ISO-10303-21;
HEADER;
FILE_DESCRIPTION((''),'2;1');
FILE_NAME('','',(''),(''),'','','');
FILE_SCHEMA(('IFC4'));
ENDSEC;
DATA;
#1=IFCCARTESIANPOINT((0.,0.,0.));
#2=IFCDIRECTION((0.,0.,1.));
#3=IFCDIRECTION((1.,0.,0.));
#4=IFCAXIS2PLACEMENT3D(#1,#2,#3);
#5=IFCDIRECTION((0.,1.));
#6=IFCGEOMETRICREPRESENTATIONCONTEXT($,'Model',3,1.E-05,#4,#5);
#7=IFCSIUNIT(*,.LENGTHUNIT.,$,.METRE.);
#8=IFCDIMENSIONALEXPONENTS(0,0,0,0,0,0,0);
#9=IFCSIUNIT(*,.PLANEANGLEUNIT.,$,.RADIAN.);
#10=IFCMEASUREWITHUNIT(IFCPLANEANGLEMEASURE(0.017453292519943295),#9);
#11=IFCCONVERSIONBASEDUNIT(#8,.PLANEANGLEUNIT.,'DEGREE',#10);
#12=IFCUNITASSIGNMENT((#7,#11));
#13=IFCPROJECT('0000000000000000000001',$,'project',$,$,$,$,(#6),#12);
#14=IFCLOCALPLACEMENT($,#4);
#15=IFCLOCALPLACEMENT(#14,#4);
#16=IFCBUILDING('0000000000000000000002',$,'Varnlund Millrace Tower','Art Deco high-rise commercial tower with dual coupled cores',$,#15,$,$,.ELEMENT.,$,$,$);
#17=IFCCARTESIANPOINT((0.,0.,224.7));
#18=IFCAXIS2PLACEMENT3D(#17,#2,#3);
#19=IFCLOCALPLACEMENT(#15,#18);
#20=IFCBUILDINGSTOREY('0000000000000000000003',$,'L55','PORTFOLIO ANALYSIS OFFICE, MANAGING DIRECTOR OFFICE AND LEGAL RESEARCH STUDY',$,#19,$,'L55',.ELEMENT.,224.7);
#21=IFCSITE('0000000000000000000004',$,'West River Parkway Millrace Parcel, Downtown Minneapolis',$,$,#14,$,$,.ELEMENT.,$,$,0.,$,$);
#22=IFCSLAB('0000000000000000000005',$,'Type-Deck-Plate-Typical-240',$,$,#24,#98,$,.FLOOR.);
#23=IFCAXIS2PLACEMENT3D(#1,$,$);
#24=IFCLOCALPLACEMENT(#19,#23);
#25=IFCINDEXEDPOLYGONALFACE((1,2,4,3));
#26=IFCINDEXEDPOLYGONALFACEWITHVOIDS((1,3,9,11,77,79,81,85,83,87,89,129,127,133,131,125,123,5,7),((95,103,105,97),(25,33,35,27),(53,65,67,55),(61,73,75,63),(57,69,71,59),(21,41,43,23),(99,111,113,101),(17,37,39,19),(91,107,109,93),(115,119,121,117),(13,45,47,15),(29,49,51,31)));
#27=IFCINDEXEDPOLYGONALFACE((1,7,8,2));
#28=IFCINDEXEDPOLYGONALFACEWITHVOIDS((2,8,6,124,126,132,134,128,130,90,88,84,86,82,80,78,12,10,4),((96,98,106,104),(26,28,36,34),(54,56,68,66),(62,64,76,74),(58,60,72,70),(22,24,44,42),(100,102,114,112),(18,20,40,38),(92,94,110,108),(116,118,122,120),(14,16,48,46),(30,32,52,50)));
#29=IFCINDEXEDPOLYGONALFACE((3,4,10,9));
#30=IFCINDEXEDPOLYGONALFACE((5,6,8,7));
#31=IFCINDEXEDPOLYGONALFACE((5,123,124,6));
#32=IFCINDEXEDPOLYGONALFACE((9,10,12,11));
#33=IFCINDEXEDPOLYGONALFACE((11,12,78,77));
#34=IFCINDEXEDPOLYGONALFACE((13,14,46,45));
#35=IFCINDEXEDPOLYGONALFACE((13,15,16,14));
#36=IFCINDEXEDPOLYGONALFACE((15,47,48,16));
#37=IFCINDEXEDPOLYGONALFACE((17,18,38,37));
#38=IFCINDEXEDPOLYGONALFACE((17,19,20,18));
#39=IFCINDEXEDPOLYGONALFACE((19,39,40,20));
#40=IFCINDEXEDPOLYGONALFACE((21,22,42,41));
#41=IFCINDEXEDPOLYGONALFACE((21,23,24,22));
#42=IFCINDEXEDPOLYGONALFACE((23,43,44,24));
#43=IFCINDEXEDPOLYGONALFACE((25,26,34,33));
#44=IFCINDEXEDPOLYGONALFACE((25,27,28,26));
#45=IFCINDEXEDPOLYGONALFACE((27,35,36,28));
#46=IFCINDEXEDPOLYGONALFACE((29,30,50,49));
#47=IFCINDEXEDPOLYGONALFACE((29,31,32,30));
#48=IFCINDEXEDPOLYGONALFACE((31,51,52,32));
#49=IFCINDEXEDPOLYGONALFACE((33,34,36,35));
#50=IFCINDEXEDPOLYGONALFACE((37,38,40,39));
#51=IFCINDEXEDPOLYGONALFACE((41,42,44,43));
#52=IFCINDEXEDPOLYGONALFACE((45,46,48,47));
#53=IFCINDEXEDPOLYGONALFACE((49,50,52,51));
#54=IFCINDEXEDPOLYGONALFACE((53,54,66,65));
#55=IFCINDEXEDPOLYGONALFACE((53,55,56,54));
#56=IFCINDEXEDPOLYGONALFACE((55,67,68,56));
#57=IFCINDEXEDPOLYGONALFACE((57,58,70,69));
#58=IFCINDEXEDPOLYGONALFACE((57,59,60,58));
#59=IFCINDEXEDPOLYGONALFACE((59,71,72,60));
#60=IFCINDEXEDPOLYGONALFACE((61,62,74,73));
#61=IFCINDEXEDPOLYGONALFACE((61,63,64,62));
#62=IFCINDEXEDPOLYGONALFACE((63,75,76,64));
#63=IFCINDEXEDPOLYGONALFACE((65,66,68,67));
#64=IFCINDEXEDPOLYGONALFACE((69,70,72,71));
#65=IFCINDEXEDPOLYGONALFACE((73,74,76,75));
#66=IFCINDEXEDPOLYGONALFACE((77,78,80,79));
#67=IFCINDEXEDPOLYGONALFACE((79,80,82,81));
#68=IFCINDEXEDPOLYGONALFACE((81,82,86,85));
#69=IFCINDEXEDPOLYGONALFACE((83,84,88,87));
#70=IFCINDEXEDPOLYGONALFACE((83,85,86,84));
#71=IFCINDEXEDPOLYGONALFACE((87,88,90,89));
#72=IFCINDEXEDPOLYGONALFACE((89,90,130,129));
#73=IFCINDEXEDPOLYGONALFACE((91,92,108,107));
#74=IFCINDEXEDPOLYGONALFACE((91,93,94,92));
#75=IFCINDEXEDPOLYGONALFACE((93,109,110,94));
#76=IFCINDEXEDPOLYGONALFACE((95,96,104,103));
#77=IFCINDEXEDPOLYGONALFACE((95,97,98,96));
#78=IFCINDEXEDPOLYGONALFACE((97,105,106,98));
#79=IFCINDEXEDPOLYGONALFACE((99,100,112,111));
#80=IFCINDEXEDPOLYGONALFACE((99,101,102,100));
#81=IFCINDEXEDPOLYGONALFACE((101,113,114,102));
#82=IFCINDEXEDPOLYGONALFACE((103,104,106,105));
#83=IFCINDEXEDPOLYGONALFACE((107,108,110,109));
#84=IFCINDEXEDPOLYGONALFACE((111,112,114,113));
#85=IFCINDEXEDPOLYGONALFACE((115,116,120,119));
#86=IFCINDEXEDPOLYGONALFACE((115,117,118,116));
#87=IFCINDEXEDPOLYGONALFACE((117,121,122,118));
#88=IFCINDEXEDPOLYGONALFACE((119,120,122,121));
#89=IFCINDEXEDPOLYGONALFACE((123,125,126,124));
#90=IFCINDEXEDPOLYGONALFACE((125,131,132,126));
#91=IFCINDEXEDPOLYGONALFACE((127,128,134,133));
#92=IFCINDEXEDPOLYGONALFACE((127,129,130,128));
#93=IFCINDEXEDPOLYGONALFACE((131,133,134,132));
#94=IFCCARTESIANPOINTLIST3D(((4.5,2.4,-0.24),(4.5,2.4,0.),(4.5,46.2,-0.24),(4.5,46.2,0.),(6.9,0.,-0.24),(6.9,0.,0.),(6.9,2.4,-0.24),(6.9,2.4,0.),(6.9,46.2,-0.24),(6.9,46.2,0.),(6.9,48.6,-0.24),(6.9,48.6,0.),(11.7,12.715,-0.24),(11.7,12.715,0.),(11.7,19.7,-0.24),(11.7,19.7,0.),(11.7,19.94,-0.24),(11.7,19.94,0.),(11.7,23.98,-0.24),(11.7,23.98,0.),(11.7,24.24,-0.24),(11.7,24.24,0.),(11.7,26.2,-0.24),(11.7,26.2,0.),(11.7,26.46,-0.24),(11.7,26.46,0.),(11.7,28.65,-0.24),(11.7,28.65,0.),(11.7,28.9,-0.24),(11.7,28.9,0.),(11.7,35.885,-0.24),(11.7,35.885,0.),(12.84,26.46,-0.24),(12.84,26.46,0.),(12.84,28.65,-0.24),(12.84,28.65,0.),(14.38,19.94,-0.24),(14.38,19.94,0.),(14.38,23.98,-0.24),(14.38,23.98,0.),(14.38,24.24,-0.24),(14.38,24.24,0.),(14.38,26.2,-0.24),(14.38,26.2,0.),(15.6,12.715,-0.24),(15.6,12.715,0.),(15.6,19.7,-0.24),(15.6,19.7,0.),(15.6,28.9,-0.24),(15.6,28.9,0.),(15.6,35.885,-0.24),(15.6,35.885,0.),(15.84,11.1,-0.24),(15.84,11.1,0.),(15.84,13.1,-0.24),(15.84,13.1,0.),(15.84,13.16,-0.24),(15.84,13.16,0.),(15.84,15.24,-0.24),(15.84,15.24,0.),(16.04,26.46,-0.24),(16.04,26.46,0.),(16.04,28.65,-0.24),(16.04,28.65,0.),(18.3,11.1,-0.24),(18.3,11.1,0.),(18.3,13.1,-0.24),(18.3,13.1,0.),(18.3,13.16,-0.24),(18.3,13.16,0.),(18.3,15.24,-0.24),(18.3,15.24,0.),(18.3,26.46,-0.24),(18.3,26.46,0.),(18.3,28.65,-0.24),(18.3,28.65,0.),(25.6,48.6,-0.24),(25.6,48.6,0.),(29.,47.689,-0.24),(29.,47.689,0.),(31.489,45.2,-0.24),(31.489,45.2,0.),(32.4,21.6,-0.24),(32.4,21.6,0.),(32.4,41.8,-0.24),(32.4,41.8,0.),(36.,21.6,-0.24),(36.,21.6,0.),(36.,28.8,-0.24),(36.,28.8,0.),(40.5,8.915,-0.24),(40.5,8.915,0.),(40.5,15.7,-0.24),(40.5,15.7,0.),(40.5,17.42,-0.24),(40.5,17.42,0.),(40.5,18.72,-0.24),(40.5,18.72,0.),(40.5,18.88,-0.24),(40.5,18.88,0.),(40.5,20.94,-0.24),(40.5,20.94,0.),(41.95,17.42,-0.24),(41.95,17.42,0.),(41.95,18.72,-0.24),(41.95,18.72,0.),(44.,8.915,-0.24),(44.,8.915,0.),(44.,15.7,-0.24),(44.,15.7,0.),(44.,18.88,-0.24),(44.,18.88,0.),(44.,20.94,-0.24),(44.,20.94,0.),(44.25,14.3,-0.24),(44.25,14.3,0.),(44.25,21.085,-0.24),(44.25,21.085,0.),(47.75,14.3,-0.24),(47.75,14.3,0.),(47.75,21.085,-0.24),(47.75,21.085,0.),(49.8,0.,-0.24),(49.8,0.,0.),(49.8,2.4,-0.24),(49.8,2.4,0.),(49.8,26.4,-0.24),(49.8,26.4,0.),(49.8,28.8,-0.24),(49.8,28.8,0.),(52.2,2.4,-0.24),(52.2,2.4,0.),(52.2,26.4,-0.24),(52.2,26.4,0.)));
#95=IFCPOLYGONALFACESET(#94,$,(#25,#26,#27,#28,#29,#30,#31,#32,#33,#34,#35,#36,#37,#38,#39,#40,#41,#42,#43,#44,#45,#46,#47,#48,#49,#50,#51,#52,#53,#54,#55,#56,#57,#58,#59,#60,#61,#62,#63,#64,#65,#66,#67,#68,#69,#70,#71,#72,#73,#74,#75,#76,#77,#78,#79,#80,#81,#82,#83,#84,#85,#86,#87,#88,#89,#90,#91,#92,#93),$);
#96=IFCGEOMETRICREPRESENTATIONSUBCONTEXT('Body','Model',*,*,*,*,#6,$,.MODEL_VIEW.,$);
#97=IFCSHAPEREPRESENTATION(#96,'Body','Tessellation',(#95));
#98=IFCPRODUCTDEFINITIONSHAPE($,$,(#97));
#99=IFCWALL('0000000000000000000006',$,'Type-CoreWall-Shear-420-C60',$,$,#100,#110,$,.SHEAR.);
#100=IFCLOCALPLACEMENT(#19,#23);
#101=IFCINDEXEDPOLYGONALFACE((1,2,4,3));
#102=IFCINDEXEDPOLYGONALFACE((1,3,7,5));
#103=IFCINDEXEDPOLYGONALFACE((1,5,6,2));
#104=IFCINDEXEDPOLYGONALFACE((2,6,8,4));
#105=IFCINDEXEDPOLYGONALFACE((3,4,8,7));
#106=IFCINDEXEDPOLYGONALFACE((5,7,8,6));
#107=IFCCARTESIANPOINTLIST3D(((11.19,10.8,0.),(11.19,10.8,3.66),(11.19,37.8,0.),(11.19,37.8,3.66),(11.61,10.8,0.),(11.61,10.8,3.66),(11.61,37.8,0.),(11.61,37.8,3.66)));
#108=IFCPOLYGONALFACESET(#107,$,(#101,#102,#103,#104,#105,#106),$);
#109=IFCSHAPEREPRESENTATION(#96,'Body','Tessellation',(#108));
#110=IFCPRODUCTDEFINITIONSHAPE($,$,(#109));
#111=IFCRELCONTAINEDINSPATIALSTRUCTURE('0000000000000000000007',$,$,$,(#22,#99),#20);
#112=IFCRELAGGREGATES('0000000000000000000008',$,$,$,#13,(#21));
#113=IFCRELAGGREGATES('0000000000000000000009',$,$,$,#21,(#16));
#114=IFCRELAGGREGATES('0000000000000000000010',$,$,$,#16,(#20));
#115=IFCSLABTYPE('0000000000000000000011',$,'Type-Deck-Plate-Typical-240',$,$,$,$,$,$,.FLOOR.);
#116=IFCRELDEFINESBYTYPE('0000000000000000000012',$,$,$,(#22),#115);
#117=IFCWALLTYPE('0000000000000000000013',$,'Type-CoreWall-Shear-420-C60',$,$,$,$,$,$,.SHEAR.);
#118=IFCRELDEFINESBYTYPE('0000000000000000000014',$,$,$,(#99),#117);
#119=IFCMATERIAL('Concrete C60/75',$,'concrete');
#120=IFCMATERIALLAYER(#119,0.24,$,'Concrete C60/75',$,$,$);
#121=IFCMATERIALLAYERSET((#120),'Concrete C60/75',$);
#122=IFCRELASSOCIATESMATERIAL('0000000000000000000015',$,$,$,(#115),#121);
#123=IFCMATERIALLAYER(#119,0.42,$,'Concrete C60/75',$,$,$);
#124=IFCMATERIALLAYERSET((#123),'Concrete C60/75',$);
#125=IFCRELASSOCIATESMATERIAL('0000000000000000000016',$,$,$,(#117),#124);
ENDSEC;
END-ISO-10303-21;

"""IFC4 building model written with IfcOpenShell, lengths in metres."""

from ifc_helpers import new_model, entity, si_unit, converted_unit, direction, frame, origin_with_axes, place, context, subcontext, project, spatial, polyline, outline, extrude, material, layer, layer_set, type_object, element, save


model = new_model("IFC4")

# Units and contexts
model_context = context("Model", 3, precision=1e-05, world=origin_with_axes(), true_north=direction((0.0, 1.0)))
body_context = subcontext(model_context, "Body", "Model", "MODEL_VIEW")
ifc_project = project(units=[si_unit("LENGTHUNIT", "METRE"), converted_unit("PLANEANGLEUNIT", "DEGREE", entity("IfcPlaneAngleMeasure", 0.017453292519943295), si_unit("PLANEANGLEUNIT", "RADIAN"), dimensions=[0, 0, 0, 0, 0, 0, 0])], contexts=[model_context])

# Site, building, storey
site_placement = place(None, origin_with_axes())
site = spatial("IfcSite", under=ifc_project, at=site_placement, Name="West River Parkway Millrace Parcel, Downtown Minneapolis", CompositionType="ELEMENT", RefElevation=0.0)
building_placement = place(site_placement, origin_with_axes())
building = spatial("IfcBuilding", under=site, at=building_placement, Name="Varnlund Millrace Tower", Description="Art Deco high-rise commercial tower with dual coupled cores", CompositionType="ELEMENT")
storey_placement = place(building_placement, frame((0.0, 0.0, 224.7), z_axis=(0.0, 0.0, 1.0), x_axis=(1.0, 0.0, 0.0)))
storey = spatial("IfcBuildingStorey", under=building, at=storey_placement, Name="L55", Description="PORTFOLIO ANALYSIS OFFICE, MANAGING DIRECTOR OFFICE AND LEGAL RESEARCH STUDY", LongName="L55", CompositionType="ELEMENT", Elevation=224.7)

# Slab
ifc_material_1 = material(Name="Concrete C60/75", Category="concrete")
ifc_layer_1 = layer(ifc_material_1, 0.24, Name="Concrete C60/75")
ifc_layer_set_1 = layer_set([ifc_layer_1], Name="Concrete C60/75")
slab_type = type_object("IfcSlabType", Name="Type-Deck-Plate-Typical-240", PredefinedType="FLOOR", material=ifc_layer_set_1)
slab_placement = place(storey_placement, frame((0.0, 0.0, -0.24), z_axis=(0.0, 0.0, 1.0), x_axis=(1.0, 0.0, 0.0)))
element("IfcSlab", 1, at=slab_placement, inside=storey, type_object=slab_type, Name="Type-Deck-Plate-Typical-240", PredefinedType="FLOOR", context=body_context, shape_type="SweptSolid", body=[
    extrude(outline(polyline([(32.4, 21.6), (32.4, 41.8), (31.489, 45.2), (29.0, 47.689), (25.6, 48.6), (6.9, 48.6), (6.9, 46.2), (4.5, 46.2), (4.5, 2.4), (6.9, 2.4), (6.9, 0.0), (49.8, 0.0), (49.8, 2.4), (52.2, 2.4), (52.2, 26.4), (49.8, 26.4), (49.8, 28.8), (36.0, 28.8), (36.0, 21.6), (32.4, 21.6)]), holes=[polyline([(18.3, 13.1), (18.3, 11.1), (15.84, 11.1), (15.84, 13.1), (18.3, 13.1)]), polyline([(15.6, 12.715), (11.7, 12.715), (11.7, 19.7), (15.6, 19.7), (15.6, 12.715)]), polyline([(11.7, 19.94), (11.7, 23.98), (14.38, 23.98), (14.38, 19.94), (11.7, 19.94)]), polyline([(14.38, 24.24), (11.7, 24.24), (11.7, 26.2), (14.38, 26.2), (14.38, 24.24)]), polyline([(12.84, 26.46), (11.7, 26.46), (11.7, 28.65), (12.84, 28.65), (12.84, 26.46)]), polyline([(15.6, 35.885), (15.6, 28.9), (11.7, 28.9), (11.7, 35.885), (15.6, 35.885)]), polyline([(44.0, 8.915), (40.5, 8.915), (40.5, 15.7), (44.0, 15.7), (44.0, 8.915)]), polyline([(18.3, 13.16), (15.84, 13.16), (15.84, 15.24), (18.3, 15.24), (18.3, 13.16)]), polyline([(47.75, 14.3), (44.25, 14.3), (44.25, 21.085), (47.75, 21.085), (47.75, 14.3)]), polyline([(41.95, 17.42), (40.5, 17.42), (40.5, 18.72), (41.95, 18.72), (41.95, 17.42)]), polyline([(44.0, 18.88), (40.5, 18.88), (40.5, 20.94), (44.0, 20.94), (44.0, 18.88)]), polyline([(18.3, 26.46), (16.04, 26.46), (16.04, 28.65), (18.3, 28.65), (18.3, 26.46)])]), origin_with_axes(), (0.0, 0.0, 1.0), 0.24),
])

# Wall
ifc_layer_2 = layer(ifc_material_1, 0.42, Name="Concrete C60/75")
ifc_layer_set_2 = layer_set([ifc_layer_2], Name="Concrete C60/75")
wall_type = type_object("IfcWallType", Name="Type-CoreWall-Shear-420-C60", PredefinedType="SHEAR", material=ifc_layer_set_2)
wall_placement = place(storey_placement, frame((11.4, 10.8, 0.0), z_axis=(0.0, 0.0, 1.0), x_axis=(0.0, 1.0, 0.0)))
element("IfcWall", 2, at=wall_placement, inside=storey, type_object=wall_type, Name="Type-CoreWall-Shear-420-C60", PredefinedType="SHEAR", context=body_context, shape_type="SweptSolid", body=[
    extrude(outline(polyline([(0.0, -0.21), (27.0, -0.21), (27.0, 0.21), (0.0, 0.21), (0.0, -0.21)])), origin_with_axes(), (0.0, 0.0, 1.0), 3.66),
])

save(model, "model.ifc")
